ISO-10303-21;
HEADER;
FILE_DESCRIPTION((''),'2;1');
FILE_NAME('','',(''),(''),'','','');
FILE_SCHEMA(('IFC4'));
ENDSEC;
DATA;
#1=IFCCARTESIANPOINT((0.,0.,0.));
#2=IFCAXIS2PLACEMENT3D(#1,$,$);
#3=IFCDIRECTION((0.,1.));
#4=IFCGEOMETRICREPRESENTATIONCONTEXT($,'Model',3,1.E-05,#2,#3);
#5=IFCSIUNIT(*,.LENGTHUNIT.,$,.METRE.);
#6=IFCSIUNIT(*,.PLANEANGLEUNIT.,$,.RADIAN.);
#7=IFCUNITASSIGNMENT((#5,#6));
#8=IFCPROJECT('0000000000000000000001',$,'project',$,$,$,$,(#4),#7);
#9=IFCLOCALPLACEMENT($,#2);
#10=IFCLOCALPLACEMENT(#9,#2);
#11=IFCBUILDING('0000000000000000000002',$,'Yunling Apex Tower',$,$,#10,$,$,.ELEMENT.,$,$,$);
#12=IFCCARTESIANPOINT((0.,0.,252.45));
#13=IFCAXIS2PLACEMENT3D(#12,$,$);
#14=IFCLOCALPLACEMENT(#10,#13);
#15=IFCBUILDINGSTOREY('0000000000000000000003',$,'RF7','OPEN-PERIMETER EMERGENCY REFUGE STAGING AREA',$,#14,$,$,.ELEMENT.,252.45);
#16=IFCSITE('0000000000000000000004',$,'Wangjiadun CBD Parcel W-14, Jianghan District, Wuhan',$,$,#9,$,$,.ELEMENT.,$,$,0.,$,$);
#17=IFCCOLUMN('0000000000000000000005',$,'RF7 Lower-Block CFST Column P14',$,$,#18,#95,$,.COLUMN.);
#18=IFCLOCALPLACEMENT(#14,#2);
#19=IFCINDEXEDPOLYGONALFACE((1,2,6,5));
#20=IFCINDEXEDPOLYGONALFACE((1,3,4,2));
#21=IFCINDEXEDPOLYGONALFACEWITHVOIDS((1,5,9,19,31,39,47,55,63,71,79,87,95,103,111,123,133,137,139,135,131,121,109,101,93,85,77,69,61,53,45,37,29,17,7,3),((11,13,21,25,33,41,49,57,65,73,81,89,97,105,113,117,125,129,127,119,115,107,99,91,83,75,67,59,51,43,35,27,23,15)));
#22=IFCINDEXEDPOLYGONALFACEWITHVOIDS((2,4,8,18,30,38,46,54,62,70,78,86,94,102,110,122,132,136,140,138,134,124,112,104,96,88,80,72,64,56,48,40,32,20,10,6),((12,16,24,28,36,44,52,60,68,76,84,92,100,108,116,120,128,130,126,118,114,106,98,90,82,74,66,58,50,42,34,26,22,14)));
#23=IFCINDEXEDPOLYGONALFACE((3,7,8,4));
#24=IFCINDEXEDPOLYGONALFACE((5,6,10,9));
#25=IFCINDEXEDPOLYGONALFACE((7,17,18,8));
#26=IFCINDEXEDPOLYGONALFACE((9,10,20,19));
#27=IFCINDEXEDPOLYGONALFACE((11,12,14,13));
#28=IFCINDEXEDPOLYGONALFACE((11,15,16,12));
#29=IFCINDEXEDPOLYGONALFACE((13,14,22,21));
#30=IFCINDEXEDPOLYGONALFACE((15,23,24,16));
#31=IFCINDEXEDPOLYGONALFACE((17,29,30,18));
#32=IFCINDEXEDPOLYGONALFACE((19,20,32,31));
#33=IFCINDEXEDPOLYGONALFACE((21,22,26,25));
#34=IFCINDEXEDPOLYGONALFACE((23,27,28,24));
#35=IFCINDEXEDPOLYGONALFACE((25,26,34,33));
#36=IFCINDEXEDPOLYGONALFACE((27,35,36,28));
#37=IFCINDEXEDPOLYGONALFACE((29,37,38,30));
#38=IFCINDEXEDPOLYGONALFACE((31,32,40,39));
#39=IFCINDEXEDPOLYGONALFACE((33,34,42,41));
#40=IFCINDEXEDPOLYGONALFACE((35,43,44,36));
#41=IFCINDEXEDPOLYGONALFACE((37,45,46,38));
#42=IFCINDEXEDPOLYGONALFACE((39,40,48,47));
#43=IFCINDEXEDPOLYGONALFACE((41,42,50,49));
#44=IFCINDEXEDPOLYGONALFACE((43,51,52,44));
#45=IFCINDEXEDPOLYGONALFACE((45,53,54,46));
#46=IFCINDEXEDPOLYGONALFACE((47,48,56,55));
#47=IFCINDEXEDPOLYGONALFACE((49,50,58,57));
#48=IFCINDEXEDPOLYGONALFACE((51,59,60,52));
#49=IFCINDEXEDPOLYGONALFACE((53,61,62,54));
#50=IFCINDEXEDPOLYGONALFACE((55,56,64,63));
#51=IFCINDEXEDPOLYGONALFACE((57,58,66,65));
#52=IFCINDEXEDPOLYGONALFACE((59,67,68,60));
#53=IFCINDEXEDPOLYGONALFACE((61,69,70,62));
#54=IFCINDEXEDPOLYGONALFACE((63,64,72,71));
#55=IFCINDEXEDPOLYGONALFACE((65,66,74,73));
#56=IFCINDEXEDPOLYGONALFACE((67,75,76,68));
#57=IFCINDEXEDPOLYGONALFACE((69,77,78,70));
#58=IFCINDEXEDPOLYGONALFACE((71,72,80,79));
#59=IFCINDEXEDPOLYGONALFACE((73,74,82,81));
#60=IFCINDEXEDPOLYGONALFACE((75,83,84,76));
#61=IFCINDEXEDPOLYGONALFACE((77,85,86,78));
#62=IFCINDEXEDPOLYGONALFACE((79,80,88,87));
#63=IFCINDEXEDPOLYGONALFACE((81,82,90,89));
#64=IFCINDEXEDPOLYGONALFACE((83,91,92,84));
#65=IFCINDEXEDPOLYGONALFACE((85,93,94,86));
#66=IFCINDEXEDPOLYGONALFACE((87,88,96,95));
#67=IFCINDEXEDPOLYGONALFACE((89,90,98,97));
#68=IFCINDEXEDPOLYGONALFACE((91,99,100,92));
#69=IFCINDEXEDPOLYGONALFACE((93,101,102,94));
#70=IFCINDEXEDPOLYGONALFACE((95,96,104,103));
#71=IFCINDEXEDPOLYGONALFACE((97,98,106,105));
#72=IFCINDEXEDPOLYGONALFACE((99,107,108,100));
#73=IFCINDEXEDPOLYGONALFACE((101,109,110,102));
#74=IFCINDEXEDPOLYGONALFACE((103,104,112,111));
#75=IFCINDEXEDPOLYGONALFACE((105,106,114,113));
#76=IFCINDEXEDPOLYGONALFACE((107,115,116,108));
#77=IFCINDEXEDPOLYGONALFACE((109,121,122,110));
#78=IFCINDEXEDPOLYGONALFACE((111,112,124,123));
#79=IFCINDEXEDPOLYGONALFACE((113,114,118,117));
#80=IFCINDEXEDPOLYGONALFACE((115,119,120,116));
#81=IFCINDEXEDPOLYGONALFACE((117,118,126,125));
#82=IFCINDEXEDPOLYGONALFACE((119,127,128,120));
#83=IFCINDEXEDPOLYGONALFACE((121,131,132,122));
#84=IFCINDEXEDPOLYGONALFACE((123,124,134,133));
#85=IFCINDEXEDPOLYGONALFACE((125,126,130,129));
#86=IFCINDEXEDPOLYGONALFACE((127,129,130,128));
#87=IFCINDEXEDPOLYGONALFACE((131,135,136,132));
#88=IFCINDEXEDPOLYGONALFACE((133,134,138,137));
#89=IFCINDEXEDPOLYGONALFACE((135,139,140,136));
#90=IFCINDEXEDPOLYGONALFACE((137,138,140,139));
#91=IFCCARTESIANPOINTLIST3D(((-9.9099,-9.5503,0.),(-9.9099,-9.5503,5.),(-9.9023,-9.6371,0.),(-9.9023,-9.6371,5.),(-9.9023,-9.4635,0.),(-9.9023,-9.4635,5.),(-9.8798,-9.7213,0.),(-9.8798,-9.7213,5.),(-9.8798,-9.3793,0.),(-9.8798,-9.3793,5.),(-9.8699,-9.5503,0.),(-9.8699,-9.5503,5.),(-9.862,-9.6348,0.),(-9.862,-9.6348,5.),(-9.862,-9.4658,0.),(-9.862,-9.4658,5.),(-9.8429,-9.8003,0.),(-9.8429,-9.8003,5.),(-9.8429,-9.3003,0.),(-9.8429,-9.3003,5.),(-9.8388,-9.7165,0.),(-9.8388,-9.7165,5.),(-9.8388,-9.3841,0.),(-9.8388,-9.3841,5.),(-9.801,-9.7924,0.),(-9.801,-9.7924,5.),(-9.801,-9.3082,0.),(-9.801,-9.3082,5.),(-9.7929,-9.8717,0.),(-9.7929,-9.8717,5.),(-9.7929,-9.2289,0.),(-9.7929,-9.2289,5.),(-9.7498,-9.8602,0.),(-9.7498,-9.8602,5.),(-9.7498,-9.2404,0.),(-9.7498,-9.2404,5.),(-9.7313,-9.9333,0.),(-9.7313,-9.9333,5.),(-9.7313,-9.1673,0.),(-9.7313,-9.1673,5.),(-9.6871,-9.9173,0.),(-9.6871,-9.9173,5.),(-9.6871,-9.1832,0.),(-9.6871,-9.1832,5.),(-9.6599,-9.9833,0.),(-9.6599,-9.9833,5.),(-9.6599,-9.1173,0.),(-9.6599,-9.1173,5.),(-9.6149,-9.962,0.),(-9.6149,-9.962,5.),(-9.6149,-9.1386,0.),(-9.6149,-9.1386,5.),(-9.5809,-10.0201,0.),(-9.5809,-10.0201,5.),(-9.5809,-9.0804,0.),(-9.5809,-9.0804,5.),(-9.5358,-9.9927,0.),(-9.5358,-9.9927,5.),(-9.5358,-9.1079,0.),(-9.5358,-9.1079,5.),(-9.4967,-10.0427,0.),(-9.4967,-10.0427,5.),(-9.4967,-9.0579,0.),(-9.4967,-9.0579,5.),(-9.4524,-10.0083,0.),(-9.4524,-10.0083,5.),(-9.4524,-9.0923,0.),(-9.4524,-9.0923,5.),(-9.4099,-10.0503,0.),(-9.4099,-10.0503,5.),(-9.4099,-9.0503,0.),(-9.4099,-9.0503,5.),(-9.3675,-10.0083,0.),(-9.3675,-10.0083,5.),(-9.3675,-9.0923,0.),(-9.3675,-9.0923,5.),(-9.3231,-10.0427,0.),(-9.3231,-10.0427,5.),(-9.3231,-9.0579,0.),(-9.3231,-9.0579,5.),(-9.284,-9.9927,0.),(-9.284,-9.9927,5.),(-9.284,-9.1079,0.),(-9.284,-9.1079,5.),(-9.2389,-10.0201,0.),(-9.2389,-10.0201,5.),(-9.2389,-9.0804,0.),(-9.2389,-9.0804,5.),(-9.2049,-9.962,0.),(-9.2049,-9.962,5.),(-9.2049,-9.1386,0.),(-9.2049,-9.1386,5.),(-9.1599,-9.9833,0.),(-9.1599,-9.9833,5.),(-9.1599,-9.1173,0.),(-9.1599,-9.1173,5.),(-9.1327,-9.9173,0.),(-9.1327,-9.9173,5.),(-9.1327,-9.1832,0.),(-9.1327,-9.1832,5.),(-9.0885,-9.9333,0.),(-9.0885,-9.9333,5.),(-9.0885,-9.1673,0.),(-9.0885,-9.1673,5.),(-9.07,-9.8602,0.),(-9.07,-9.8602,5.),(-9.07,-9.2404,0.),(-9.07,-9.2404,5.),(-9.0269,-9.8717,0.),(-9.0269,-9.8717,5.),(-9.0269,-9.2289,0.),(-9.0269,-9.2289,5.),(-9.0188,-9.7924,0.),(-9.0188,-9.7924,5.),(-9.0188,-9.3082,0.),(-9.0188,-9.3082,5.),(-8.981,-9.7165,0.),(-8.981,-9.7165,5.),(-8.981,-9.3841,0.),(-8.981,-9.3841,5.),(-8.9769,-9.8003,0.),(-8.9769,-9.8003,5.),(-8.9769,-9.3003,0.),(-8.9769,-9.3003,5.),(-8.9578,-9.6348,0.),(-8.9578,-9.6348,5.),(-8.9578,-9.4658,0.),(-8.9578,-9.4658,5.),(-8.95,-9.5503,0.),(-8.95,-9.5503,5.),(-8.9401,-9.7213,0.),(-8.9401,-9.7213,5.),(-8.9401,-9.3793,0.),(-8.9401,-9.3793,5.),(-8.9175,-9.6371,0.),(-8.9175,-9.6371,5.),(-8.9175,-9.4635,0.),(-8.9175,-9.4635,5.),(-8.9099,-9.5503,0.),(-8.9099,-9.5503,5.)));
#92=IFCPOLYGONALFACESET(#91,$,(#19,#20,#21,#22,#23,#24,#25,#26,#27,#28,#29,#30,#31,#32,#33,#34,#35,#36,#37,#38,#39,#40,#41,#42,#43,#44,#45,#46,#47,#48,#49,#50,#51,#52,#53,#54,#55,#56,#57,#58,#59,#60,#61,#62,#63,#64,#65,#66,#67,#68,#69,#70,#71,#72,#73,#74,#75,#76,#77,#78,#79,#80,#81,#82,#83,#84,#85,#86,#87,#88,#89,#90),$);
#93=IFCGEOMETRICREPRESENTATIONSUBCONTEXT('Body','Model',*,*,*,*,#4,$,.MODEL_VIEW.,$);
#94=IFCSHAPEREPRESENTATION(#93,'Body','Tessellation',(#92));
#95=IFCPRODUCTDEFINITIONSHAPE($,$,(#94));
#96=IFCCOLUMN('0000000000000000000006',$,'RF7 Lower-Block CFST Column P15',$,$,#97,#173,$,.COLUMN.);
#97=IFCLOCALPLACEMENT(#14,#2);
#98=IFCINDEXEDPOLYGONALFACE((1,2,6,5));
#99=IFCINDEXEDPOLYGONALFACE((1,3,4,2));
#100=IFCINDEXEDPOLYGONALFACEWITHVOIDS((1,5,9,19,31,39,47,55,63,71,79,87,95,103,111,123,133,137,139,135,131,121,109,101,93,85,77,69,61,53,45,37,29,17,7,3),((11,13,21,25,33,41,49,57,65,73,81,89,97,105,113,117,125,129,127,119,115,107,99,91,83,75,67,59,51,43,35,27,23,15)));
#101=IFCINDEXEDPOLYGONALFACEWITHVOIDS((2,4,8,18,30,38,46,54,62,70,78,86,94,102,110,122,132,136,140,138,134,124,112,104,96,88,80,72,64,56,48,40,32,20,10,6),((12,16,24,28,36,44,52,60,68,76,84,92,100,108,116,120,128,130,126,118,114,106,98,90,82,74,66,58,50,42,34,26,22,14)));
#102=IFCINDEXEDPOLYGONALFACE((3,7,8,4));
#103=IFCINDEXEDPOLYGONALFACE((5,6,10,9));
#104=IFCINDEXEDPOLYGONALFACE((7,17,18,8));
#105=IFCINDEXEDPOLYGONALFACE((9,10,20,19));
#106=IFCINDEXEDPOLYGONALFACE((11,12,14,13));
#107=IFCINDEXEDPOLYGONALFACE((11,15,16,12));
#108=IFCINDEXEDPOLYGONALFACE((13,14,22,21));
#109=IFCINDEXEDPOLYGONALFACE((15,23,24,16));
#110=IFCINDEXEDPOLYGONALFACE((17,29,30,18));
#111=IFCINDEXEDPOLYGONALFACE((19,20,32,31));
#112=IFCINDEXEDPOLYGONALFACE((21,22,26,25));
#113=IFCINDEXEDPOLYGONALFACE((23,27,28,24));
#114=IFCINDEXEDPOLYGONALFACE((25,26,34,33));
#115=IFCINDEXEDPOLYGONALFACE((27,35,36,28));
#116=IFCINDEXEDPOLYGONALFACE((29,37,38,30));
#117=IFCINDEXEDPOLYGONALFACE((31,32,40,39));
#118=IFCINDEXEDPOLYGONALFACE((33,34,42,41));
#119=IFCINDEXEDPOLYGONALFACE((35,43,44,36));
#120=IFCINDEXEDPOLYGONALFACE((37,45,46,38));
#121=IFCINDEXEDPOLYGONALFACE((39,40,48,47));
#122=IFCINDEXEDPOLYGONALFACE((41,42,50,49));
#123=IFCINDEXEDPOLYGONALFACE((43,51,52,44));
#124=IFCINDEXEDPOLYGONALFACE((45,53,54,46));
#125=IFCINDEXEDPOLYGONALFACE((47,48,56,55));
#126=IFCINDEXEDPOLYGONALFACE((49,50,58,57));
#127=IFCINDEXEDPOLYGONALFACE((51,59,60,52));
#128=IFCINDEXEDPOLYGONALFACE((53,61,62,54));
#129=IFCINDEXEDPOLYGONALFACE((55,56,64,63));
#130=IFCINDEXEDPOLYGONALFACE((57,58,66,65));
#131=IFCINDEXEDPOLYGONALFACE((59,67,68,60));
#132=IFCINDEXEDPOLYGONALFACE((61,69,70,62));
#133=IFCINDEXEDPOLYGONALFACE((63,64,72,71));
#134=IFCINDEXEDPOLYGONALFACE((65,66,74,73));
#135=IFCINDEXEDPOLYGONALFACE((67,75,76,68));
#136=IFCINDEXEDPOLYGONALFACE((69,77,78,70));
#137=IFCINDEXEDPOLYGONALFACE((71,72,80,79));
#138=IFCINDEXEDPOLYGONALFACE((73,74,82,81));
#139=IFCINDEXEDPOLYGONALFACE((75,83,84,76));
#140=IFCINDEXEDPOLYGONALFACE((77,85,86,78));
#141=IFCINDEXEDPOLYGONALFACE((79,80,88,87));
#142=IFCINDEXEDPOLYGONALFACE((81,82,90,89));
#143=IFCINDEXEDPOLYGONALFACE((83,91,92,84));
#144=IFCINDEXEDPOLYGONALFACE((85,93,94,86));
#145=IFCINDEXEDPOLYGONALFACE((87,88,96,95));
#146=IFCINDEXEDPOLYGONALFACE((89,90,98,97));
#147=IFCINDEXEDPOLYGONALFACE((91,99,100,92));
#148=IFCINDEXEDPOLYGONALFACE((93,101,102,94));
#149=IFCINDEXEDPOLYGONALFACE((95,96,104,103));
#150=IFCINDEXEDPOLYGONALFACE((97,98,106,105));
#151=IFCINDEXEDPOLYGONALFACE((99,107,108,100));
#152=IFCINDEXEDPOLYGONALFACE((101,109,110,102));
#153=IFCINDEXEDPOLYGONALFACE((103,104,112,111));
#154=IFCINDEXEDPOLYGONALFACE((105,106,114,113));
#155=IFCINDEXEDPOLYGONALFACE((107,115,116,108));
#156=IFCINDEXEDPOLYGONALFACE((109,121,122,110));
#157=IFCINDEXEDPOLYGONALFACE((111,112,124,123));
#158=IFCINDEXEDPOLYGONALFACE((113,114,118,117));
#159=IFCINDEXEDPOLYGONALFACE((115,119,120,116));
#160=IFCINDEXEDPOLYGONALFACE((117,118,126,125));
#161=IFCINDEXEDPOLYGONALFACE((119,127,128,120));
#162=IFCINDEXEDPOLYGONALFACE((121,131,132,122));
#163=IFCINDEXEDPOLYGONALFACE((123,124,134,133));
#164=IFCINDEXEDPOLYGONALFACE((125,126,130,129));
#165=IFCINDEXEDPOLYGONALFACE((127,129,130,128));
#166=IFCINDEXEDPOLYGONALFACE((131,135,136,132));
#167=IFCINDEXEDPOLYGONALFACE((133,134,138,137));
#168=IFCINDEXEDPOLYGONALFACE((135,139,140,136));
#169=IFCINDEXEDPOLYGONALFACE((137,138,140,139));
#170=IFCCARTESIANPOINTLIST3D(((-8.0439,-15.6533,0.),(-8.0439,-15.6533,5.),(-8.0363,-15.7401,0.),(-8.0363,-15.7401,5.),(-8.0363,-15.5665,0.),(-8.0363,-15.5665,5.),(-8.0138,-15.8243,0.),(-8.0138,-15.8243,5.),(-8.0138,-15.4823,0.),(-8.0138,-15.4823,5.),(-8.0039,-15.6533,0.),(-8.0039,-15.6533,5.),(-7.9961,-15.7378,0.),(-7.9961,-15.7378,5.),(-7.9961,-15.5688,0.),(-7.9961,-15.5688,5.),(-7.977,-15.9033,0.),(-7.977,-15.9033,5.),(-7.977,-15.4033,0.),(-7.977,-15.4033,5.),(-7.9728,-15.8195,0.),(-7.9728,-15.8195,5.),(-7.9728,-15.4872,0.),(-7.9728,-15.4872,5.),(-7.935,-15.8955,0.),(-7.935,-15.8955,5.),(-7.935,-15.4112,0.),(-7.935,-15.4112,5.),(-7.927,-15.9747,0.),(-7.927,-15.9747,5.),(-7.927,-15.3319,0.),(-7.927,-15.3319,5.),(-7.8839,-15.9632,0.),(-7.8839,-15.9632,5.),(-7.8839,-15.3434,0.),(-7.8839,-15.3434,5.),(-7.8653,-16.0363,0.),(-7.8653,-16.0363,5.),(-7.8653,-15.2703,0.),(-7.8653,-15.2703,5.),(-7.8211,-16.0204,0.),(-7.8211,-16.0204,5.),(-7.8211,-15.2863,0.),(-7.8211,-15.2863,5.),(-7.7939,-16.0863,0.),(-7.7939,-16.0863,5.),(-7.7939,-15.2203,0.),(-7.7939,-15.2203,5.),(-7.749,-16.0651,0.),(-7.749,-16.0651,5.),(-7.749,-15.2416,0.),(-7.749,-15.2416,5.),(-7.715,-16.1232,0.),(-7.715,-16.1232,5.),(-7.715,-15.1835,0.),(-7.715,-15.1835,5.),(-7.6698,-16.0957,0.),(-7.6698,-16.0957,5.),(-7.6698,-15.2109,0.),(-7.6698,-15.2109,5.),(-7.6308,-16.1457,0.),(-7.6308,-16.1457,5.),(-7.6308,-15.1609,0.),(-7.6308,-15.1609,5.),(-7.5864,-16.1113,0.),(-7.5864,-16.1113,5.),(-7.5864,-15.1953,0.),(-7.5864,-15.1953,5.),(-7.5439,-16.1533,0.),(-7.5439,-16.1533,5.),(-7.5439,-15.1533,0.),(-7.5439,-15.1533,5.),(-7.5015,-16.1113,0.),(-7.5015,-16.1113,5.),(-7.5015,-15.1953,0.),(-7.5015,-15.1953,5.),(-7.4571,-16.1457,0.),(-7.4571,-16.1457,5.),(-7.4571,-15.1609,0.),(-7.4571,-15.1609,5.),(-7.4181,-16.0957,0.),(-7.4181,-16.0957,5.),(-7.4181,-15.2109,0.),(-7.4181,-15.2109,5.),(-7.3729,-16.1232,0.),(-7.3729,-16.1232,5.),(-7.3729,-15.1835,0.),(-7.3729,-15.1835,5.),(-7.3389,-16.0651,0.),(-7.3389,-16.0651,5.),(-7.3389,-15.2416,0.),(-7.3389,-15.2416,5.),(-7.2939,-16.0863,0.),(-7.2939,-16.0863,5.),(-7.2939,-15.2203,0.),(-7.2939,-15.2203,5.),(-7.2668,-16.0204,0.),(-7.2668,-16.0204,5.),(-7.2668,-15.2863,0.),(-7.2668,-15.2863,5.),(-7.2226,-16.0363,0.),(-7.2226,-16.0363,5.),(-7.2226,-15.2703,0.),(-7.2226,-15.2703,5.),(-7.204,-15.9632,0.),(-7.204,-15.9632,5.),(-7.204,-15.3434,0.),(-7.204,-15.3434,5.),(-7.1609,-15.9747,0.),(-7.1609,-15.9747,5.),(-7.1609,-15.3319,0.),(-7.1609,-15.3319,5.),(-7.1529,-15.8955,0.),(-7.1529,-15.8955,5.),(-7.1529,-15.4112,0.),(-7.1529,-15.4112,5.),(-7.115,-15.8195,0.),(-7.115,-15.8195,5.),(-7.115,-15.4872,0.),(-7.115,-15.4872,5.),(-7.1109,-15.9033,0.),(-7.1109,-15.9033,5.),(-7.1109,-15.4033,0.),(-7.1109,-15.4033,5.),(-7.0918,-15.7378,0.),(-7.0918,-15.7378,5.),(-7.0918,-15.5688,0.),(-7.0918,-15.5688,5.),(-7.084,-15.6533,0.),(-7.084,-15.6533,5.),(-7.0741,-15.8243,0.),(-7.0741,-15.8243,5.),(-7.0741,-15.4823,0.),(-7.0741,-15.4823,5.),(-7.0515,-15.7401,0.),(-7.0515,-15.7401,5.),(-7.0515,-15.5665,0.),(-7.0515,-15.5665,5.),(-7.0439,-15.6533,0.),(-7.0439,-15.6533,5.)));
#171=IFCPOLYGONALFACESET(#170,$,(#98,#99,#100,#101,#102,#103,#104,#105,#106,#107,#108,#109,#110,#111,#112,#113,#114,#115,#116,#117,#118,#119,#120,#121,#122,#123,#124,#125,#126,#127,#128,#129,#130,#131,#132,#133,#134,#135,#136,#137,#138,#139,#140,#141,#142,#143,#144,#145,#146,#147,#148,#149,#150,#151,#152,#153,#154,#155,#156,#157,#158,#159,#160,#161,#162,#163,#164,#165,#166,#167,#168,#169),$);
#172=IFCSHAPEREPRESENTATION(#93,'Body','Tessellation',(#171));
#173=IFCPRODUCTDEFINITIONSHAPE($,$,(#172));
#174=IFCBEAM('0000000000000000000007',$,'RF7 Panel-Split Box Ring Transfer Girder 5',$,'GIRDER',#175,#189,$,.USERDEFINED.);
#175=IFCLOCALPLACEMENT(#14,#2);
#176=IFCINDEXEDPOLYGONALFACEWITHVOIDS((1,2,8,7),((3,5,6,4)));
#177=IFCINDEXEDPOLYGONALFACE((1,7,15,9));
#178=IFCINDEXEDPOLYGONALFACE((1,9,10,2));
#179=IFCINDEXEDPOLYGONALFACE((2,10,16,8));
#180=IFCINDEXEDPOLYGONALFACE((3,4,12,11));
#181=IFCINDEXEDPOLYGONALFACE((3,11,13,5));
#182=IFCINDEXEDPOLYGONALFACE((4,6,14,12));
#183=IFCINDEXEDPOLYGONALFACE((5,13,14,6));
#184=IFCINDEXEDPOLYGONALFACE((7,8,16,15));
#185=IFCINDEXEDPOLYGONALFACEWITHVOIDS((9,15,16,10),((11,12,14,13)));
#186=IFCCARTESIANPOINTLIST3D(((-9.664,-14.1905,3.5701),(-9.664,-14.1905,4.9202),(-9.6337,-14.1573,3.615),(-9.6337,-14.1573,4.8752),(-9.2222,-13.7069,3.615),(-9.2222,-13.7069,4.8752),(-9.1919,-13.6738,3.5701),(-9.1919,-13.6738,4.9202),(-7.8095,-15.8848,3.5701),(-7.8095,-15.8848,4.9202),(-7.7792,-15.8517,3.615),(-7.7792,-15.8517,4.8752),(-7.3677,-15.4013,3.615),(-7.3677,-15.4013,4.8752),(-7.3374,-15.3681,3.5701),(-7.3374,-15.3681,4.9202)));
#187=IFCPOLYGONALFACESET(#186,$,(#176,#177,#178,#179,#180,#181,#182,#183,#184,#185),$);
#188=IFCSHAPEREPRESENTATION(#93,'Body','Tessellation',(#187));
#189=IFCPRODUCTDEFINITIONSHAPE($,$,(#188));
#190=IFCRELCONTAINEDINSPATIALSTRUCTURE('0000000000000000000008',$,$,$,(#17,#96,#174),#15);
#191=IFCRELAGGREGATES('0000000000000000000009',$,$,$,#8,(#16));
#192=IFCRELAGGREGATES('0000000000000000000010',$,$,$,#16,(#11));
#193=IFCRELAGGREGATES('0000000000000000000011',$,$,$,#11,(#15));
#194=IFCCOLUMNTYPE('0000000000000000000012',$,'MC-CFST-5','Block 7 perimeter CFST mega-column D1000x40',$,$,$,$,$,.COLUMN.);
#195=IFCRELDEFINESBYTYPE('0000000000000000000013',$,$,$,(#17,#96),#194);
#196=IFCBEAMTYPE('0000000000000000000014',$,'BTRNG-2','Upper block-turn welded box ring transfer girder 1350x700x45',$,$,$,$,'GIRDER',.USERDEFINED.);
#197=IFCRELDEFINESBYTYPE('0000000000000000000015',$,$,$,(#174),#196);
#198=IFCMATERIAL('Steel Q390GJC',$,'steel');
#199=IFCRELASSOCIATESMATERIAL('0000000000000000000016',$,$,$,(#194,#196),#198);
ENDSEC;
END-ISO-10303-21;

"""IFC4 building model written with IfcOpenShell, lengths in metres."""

from ifc_helpers import new_model, si_unit, direction, frame, origin, origin_2d, place, context, subcontext, project, spatial, hollow_rectangle, hollow_circle, extrude, source, transform, mapped, material, material_profile, profile_set, type_object, element, save


model = new_model("IFC4")

# Units and contexts
model_context = context("Model", 3, precision=1e-05, world=origin(), true_north=direction((0.0, 1.0)))
body_context = subcontext(model_context, "Body", "Model", "MODEL_VIEW")
ifc_project = project(units=[si_unit("LENGTHUNIT", "METRE"), si_unit("PLANEANGLEUNIT", "RADIAN")], contexts=[model_context])

# Site, building, storey
site_placement = place(None, origin())
site = spatial("IfcSite", under=ifc_project, at=site_placement, Name="Wangjiadun CBD Parcel W-14, Jianghan District, Wuhan", CompositionType="ELEMENT", RefElevation=0.0)
building_placement = place(site_placement, origin())
building = spatial("IfcBuilding", under=site, at=building_placement, Name="Yunling Apex Tower", CompositionType="ELEMENT")
storey_placement = place(building_placement, frame((0.0, 0.0, 252.45)))
storey = spatial("IfcBuildingStorey", under=building, at=storey_placement, Name="RF7", Description="OPEN-PERIMETER EMERGENCY REFUGE STAGING AREA", CompositionType="ELEMENT", Elevation=252.45)

# Columns
ifc_material_1 = material(Name="Steel Q390GJC", Category="steel")
ifc_material_profile_1 = material_profile(ifc_material_1, hollow_circle(Radius=0.5, WallThickness=0.04, at=origin_2d()))
ifc_profile_set_1 = profile_set([ifc_material_profile_1], Name="Steel Q390GJC")
column_type = type_object("IfcColumnType", Name="MC-CFST-5", Description="Block 7 perimeter CFST mega-column D1000x40", PredefinedType="COLUMN", material=ifc_profile_set_1)
shared_shape_1 = source(origin(), body_context, "Body", "SweptSolid", [
    extrude(hollow_circle(Radius=0.5, WallThickness=0.04, at=origin_2d()), origin(), (0.0, 0.0, 1.0), 5.0),
])
for number, where, z_axis, x_axis, name in (
    (1, (-9.4099, -9.5503, 0.0), (0.0, 0.0, 1.0), (1.0, 0.0, 0.0), "RF7 Lower-Block CFST Column P14"),
    (2, (-7.5439, -15.6533, 0.0), (0.0, 0.0, 1.0), (1.0, 0.0, 0.0), "RF7 Lower-Block CFST Column P15"),
):
    element("IfcColumn", number, at=place(storey_placement, frame(where, z_axis=z_axis, x_axis=x_axis)), inside=storey, type_object=column_type, Name=name, PredefinedType="COLUMN", context=body_context, shape_type="MappedRepresentation", body=[
        mapped(shared_shape_1, transform((0.0, 0.0, 0.0), scale=1.0)),
    ])

# Beam
ifc_material_profile_2 = material_profile(ifc_material_1, hollow_rectangle(XDim=0.7, YDim=1.3501, WallThickness=0.0449, at=origin_2d()))
ifc_profile_set_2 = profile_set([ifc_material_profile_2], Name="Steel Q390GJC")
beam_type = type_object("IfcBeamType", Name="BTRNG-2", Description="Upper block-turn welded box ring transfer girder 1350x700x45", ElementType="GIRDER", PredefinedType="USERDEFINED", material=ifc_profile_set_2)
shared_shape_2 = source(origin(), body_context, "Body", "SweptSolid", [
    extrude(hollow_rectangle(XDim=0.7, YDim=1.3501, WallThickness=0.0449, at=origin_2d()), origin(), (0.0, 0.0, 1.0), 2.512),
])
beam_1_placement = place(storey_placement, frame((-9.428, -13.9321, 4.2451), z_axis=(0.738267, -0.674509, 0.0), x_axis=(0.674509, 0.738267, 0.0)))
element("IfcBeam", 3, at=beam_1_placement, inside=storey, type_object=beam_type, Name="RF7 Panel-Split Box Ring Transfer Girder 5", ObjectType="GIRDER", PredefinedType="USERDEFINED", context=body_context, shape_type="MappedRepresentation", body=[
    mapped(shared_shape_2, transform((0.0, 0.0, 0.0), scale=1.0)),
])

save(model, "model.ifc")
